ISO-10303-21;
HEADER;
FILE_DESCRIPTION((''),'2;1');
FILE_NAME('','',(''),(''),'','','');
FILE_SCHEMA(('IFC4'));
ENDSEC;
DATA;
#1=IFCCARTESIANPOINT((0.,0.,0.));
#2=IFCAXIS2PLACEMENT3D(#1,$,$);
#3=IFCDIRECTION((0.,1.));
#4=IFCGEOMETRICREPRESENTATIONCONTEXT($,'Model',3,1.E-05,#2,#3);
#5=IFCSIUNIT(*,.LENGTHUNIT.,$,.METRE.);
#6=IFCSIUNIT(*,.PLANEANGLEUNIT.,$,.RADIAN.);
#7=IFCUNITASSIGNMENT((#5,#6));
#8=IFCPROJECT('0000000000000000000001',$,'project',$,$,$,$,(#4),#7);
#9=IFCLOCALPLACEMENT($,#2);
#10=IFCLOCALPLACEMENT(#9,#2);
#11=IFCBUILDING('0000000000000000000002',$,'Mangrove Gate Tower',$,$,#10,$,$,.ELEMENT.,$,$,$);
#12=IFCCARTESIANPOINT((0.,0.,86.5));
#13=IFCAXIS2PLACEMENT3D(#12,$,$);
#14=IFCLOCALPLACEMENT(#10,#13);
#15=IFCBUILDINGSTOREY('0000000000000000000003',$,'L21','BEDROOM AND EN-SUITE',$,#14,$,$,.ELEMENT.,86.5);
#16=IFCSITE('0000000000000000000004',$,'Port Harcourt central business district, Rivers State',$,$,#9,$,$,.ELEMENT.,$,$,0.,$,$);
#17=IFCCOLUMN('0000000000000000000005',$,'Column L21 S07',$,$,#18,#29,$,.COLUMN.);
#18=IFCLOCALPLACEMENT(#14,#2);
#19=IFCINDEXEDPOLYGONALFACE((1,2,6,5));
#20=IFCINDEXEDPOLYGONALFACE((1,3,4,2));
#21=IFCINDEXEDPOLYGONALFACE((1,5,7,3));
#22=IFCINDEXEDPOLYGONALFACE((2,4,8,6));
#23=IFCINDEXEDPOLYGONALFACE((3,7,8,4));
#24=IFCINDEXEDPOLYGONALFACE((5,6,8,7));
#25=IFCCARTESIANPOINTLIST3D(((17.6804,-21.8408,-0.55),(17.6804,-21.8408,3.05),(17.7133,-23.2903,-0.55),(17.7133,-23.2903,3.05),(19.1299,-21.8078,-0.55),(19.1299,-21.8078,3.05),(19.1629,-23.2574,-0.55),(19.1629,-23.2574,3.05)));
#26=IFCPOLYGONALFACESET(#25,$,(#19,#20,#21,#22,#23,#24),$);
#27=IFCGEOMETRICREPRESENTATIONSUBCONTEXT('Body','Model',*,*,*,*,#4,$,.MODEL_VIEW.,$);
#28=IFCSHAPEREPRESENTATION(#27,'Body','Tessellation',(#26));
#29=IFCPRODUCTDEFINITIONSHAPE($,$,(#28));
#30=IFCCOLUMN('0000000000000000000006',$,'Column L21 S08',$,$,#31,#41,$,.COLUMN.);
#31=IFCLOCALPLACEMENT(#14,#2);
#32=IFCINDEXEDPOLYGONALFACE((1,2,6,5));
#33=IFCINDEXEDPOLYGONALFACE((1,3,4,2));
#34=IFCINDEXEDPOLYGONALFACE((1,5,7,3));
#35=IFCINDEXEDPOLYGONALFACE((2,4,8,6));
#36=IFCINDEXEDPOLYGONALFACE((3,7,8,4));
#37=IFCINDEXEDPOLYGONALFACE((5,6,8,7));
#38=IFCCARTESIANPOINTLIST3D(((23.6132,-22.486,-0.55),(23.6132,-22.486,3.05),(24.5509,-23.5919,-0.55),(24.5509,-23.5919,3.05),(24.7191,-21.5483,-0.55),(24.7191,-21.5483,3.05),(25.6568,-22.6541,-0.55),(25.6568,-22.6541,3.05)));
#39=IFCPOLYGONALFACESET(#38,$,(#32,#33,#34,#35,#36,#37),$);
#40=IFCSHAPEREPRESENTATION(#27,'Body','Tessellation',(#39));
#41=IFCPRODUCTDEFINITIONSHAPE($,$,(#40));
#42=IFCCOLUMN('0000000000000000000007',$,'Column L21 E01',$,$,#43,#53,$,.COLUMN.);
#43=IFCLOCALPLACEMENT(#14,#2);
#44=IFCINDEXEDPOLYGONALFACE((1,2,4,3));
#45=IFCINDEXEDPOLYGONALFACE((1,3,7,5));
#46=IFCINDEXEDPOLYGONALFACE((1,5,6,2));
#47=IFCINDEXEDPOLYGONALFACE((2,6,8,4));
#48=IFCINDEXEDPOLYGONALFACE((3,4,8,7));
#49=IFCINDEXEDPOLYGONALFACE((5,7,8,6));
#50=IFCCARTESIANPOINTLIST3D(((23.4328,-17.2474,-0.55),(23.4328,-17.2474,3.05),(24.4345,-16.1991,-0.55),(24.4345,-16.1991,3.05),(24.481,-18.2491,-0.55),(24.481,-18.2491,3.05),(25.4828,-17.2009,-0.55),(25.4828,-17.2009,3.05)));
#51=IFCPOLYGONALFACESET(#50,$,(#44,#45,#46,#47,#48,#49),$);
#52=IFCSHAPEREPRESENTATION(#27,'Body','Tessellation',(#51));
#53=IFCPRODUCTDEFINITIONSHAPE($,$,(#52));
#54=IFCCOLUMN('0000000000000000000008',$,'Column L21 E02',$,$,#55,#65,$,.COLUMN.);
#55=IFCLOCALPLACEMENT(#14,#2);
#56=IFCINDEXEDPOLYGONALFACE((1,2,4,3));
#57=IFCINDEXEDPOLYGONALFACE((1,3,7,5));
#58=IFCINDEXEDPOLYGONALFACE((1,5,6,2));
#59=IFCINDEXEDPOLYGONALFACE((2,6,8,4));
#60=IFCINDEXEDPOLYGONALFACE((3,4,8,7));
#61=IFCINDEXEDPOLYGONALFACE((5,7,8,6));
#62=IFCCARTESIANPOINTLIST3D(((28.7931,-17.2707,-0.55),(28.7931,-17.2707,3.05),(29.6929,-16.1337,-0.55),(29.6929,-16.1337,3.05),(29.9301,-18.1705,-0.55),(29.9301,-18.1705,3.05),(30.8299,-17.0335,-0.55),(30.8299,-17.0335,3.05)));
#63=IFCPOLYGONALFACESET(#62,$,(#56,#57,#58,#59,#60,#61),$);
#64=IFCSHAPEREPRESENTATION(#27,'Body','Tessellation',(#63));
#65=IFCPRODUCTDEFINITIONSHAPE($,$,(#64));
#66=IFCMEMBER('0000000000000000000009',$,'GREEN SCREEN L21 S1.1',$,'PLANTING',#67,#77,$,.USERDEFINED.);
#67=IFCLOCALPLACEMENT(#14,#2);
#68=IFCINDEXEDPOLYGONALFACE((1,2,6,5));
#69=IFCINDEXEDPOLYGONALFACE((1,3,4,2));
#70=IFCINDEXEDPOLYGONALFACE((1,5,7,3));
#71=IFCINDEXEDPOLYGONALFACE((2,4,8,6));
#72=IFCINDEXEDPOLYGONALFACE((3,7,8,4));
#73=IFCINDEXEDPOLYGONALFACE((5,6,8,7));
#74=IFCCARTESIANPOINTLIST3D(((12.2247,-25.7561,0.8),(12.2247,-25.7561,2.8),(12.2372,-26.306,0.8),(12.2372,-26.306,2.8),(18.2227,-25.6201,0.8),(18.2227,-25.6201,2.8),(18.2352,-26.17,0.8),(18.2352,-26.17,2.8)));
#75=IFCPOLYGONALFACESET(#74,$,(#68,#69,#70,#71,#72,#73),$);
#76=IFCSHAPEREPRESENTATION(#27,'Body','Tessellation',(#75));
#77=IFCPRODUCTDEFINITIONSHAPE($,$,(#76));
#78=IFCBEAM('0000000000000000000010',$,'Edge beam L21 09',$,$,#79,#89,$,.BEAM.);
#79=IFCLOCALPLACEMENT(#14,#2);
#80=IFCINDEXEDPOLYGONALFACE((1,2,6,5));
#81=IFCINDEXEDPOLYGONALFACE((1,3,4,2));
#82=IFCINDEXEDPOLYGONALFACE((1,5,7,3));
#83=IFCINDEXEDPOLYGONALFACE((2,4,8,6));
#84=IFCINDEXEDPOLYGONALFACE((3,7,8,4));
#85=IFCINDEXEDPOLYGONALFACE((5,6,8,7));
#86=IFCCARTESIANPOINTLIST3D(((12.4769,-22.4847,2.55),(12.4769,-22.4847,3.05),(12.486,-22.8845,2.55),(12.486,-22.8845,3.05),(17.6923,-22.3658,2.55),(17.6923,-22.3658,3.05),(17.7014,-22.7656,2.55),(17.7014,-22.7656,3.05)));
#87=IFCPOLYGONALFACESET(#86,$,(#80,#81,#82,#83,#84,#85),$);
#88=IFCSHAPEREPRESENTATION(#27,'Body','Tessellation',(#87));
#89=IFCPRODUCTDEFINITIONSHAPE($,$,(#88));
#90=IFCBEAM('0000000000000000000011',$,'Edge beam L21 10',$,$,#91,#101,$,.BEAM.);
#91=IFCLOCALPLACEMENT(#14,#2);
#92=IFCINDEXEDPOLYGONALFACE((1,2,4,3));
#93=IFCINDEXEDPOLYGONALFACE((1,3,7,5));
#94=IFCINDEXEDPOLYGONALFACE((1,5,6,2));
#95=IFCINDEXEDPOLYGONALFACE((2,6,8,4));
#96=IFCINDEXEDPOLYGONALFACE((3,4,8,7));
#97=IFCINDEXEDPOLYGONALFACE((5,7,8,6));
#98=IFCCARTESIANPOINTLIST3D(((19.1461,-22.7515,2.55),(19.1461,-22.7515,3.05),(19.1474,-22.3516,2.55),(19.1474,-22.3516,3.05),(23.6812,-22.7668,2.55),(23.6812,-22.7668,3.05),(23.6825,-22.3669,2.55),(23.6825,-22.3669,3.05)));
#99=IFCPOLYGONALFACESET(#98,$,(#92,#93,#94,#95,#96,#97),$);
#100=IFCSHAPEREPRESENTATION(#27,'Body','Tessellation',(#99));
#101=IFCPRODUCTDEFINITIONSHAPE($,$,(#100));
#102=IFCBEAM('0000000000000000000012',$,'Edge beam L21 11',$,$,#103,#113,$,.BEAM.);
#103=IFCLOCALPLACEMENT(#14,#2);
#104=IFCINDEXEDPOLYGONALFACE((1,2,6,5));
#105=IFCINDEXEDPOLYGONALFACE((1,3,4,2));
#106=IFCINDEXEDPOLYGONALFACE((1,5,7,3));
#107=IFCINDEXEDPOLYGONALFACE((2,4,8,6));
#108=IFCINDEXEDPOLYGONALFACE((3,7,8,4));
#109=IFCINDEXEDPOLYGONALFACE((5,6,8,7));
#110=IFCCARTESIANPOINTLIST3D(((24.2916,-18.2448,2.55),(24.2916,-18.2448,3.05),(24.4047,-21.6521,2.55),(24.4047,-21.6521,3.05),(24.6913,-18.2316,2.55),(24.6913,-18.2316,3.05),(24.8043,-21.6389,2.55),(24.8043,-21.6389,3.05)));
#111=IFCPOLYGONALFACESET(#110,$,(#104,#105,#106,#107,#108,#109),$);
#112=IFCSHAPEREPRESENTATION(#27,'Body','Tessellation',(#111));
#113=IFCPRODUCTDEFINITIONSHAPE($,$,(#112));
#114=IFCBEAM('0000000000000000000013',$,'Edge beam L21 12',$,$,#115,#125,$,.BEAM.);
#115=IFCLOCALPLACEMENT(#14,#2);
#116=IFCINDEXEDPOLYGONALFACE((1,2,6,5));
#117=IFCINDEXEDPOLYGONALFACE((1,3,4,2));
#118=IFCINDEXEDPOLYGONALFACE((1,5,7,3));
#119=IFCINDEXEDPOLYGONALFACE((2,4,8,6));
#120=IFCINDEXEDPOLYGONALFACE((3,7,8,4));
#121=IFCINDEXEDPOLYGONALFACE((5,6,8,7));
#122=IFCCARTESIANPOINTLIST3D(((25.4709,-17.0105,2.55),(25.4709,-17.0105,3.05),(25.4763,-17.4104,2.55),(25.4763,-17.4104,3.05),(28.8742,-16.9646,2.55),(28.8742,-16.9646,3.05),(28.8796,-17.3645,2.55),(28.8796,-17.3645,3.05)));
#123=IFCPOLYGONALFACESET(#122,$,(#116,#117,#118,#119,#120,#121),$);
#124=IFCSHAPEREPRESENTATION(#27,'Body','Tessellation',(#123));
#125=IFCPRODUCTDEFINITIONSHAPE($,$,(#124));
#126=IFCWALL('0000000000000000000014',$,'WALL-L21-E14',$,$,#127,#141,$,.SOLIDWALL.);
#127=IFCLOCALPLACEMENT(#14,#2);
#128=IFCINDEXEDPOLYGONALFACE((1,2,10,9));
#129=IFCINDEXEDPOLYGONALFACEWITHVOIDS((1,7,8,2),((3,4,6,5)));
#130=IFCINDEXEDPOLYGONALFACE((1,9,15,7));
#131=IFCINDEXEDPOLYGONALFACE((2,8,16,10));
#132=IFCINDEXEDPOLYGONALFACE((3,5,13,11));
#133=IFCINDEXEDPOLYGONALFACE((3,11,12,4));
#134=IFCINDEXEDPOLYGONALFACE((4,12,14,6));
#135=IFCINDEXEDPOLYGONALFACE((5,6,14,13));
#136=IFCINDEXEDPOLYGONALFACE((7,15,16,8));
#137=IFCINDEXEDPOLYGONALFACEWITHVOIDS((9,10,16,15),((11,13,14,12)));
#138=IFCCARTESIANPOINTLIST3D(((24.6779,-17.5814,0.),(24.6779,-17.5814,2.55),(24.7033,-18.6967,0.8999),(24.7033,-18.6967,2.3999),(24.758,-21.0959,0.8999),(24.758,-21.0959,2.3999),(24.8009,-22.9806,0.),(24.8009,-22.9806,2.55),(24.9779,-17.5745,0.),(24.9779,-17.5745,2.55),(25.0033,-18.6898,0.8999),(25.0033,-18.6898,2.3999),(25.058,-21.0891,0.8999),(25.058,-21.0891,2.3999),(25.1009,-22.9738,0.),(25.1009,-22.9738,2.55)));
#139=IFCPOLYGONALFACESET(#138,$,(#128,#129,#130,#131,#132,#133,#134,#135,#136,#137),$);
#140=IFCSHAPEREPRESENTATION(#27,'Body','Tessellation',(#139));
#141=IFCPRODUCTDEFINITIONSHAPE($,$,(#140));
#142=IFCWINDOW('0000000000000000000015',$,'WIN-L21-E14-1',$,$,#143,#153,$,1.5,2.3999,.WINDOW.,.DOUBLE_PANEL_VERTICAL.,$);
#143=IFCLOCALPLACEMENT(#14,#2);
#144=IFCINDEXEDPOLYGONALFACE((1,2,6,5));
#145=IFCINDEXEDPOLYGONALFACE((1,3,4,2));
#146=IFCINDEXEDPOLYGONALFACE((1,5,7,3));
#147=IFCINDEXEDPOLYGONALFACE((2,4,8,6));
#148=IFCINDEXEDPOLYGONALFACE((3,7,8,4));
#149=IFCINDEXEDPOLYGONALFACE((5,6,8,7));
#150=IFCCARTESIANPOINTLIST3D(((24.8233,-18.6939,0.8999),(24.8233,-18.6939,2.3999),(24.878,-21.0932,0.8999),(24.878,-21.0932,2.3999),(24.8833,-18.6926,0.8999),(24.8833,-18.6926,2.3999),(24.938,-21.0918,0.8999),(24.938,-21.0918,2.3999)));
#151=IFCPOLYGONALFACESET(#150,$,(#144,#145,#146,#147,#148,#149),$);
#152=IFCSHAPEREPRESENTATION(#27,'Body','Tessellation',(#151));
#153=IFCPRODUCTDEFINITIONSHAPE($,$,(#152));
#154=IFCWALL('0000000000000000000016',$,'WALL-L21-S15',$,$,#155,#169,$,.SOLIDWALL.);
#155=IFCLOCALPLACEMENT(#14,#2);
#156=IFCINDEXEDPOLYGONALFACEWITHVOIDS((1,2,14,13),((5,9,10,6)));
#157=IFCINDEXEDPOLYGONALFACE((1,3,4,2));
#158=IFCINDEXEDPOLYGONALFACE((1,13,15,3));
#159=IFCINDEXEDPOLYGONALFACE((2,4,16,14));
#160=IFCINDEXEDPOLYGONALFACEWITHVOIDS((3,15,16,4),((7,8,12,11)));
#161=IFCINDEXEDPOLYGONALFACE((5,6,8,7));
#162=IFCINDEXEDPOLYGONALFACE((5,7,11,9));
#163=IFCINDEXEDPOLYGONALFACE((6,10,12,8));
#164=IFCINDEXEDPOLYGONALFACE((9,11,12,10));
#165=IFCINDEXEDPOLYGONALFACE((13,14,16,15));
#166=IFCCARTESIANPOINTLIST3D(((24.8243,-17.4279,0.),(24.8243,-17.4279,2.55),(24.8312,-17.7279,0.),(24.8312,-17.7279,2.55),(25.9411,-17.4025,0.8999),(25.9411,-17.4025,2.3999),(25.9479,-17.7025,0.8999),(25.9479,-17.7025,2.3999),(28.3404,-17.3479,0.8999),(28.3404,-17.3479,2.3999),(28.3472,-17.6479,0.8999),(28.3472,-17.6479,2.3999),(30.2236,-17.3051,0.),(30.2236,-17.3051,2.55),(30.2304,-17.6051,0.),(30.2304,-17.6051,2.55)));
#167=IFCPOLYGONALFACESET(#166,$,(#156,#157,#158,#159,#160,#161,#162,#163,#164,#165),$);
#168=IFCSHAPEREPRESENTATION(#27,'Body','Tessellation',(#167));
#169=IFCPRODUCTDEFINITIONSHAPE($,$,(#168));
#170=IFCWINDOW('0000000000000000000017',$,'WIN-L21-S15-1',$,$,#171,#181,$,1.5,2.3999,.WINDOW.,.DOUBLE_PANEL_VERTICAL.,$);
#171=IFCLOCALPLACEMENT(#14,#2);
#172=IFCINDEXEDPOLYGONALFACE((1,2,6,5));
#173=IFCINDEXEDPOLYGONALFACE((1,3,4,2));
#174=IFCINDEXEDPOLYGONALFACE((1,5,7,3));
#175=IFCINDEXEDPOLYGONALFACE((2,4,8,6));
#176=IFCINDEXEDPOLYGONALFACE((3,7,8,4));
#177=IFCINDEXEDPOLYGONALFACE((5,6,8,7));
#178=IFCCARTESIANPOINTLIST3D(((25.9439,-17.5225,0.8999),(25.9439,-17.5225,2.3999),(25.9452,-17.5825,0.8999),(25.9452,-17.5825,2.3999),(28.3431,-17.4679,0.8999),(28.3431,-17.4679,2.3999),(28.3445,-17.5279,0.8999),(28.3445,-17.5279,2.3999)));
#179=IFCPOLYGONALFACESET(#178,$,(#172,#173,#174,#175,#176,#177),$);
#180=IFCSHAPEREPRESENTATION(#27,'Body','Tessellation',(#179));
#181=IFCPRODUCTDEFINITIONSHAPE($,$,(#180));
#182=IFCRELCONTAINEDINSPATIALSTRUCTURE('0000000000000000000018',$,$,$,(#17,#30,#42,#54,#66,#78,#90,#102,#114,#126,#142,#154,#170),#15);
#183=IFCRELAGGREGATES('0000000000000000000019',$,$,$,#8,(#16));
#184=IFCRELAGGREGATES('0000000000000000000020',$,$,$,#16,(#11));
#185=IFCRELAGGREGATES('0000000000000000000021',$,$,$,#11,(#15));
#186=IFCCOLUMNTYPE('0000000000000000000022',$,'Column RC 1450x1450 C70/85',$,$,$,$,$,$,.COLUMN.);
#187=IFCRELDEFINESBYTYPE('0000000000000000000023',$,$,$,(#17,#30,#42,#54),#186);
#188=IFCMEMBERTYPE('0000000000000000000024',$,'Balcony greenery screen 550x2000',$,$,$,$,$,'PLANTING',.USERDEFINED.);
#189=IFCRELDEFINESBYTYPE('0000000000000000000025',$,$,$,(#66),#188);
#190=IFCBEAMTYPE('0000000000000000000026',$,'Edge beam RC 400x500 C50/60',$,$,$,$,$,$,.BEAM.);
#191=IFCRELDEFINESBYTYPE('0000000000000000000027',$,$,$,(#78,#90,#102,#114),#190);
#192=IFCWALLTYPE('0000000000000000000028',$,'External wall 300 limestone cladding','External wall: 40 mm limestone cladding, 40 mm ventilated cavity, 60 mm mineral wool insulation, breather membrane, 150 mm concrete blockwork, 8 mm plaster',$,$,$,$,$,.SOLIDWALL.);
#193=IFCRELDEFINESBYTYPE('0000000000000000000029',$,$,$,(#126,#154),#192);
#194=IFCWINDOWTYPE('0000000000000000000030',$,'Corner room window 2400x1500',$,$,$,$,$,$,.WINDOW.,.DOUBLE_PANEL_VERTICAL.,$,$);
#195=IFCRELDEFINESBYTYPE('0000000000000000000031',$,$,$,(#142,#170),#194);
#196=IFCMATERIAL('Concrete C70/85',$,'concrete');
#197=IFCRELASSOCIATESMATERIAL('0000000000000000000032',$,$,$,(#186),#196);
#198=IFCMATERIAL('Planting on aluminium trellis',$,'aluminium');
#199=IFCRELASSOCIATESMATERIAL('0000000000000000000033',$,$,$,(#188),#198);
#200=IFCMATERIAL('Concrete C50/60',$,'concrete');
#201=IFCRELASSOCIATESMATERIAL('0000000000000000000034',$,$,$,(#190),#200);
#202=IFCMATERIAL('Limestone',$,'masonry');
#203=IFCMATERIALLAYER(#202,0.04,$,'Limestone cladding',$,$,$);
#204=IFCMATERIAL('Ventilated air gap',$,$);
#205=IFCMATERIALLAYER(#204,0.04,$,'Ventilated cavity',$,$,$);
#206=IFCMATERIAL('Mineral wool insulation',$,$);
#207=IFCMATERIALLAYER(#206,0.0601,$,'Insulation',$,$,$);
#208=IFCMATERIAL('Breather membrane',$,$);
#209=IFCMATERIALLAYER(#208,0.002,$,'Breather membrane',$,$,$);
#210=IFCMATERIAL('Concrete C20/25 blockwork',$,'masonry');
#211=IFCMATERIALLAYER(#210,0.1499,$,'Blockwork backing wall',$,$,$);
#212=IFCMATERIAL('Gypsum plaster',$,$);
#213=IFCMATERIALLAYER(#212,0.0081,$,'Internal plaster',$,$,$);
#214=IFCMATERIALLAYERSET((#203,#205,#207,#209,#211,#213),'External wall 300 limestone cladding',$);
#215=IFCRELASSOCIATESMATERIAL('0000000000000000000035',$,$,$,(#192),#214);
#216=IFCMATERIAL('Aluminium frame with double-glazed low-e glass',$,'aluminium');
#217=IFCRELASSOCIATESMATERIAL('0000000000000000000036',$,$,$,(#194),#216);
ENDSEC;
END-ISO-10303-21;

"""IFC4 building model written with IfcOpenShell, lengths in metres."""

from ifc_helpers import new_model, si_unit, direction, frame, frame_2d, origin, origin_2d, place, context, subcontext, project, spatial, rectangle, extrude, material, layer, layer_set, material_profile, profile_set, type_object, element, fill, save


model = new_model("IFC4")

# Units and contexts
model_context = context("Model", 3, precision=1e-05, world=origin(), true_north=direction((0.0, 1.0)))
body_context = subcontext(model_context, "Body", "Model", "MODEL_VIEW")
ifc_project = project(units=[si_unit("LENGTHUNIT", "METRE"), si_unit("PLANEANGLEUNIT", "RADIAN")], contexts=[model_context])

# Site, building, storey
site_placement = place(None, origin())
site = spatial("IfcSite", under=ifc_project, at=site_placement, Name="Port Harcourt central business district, Rivers State", CompositionType="ELEMENT", RefElevation=0.0)
building_placement = place(site_placement, origin())
building = spatial("IfcBuilding", under=site, at=building_placement, Name="Mangrove Gate Tower", CompositionType="ELEMENT")
storey_placement = place(building_placement, frame((0.0, 0.0, 86.5)))
storey = spatial("IfcBuildingStorey", under=building, at=storey_placement, Name="L21", Description="BEDROOM AND EN-SUITE", CompositionType="ELEMENT", Elevation=86.5)

# Columns
ifc_material_1 = material(Name="Concrete C70/85", Category="concrete")
ifc_material_profile_1 = material_profile(ifc_material_1, rectangle(XDim=1.45, YDim=1.45, at=origin_2d()))
ifc_profile_set_1 = profile_set([ifc_material_profile_1], Name="Concrete C70/85")
column_type = type_object("IfcColumnType", Name="Column RC 1450x1450 C70/85", PredefinedType="COLUMN", material=ifc_profile_set_1)
for number, where, z_axis, x_axis, name in (
    (1, (18.4216, -22.5491, -0.55), (0.0, 0.0, 1.0), (0.999742, 0.022723, 0.0), "Column L21 S07"),
    (2, (24.635, -22.5701, -0.55), (0.0, 0.0, 1.0), (0.762709, 0.646741, 0.0), "Column L21 S08"),
    (3, (24.4578, -17.2241, -0.55), (0.0, 0.0, 1.0), (0.690884, 0.722966, 0.0), "Column L21 E01"),
    (4, (29.8115, -17.1521, -0.55), (0.0, 0.0, 1.0), (0.620564, 0.784156, 0.0), "Column L21 E02"),
):
    element("IfcColumn", number, at=place(storey_placement, frame(where, z_axis=z_axis, x_axis=x_axis)), inside=storey, type_object=column_type, Name=name, PredefinedType="COLUMN", context=body_context, shape_type="SweptSolid", body=[
        extrude(rectangle(XDim=1.45, YDim=1.45, at=origin_2d()), origin(), (0.0, 0.0, 1.0), 3.6001),
    ])

# Member
ifc_material_2 = material(Name="Planting on aluminium trellis", Category="aluminium")
ifc_material_profile_2 = material_profile(ifc_material_2, rectangle(XDim=0.55, YDim=2.0, at=origin_2d()))
ifc_profile_set_2 = profile_set([ifc_material_profile_2], Name="Planting on aluminium trellis")
member_type = type_object("IfcMemberType", Name="Balcony greenery screen 550x2000", ElementType="PLANTING", PredefinedType="USERDEFINED", material=ifc_profile_set_2)
member_placement = place(storey_placement, frame((12.231, -26.031, 1.8), z_axis=(0.999743, 0.022666, 0.0), x_axis=(-0.022666, 0.999743, 0.0)))
element("IfcMember", 5, at=member_placement, inside=storey, type_object=member_type, Name="GREEN SCREEN L21 S1.1", ObjectType="PLANTING", PredefinedType="USERDEFINED", context=body_context, shape_type="SweptSolid", body=[
    extrude(rectangle(XDim=0.55, YDim=2.0, at=origin_2d()), origin(), (0.0, 0.0, 1.0), 5.9995),
])

# Beams
ifc_material_3 = material(Name="Concrete C50/60", Category="concrete")
ifc_material_profile_3 = material_profile(ifc_material_3, rectangle(XDim=0.3999, YDim=0.5, at=origin_2d()))
ifc_profile_set_3 = profile_set([ifc_material_profile_3], Name="Concrete C50/60")
beam_type = type_object("IfcBeamType", Name="Edge beam RC 400x500 C50/60", PredefinedType="BEAM", material=ifc_profile_set_3)
beam_1_placement = place(storey_placement, frame((12.4814, -22.6846, 2.8), z_axis=(0.99974, 0.022792, 0.0), x_axis=(-0.022792, 0.99974, 0.0)))
element("IfcBeam", 6, at=beam_1_placement, inside=storey, type_object=beam_type, Name="Edge beam L21 09", PredefinedType="BEAM", context=body_context, shape_type="SweptSolid", body=[
    extrude(rectangle(XDim=0.3999, YDim=0.5, at=origin_2d()), origin(), (0.0, 0.0, 1.0), 5.2168),
])
beam_2_placement = place(storey_placement, frame((19.1467, -22.5515, 2.8), z_axis=(0.999994, -0.003391, 0.0), x_axis=(0.003391, 0.999994, 0.0)))
element("IfcBeam", 7, at=beam_2_placement, inside=storey, type_object=beam_type, Name="Edge beam L21 10", PredefinedType="BEAM", context=body_context, shape_type="SweptSolid", body=[
    extrude(rectangle(XDim=0.3999, YDim=0.5, at=origin_2d()), origin(), (0.0, 0.0, 1.0), 4.5352),
])
beam_3_placement = place(storey_placement, frame((24.6045, -21.6455, 2.8), z_axis=(-0.033157, 0.99945, 0.0), x_axis=(-0.99945, -0.033157, 0.0)))
element("IfcBeam", 8, at=beam_3_placement, inside=storey, type_object=beam_type, Name="Edge beam L21 11", PredefinedType="BEAM", context=body_context, shape_type="SweptSolid", body=[
    extrude(rectangle(XDim=0.3999, YDim=0.5, at=origin_2d()), origin(), (0.0, 0.0, 1.0), 3.4092),
])
beam_4_placement = place(storey_placement, frame((25.4736, -17.2104, 2.8), z_axis=(0.999909, 0.013485, 0.0), x_axis=(-0.013485, 0.999909, 0.0)))
element("IfcBeam", 9, at=beam_4_placement, inside=storey, type_object=beam_type, Name="Edge beam L21 12", PredefinedType="BEAM", context=body_context, shape_type="SweptSolid", body=[
    extrude(rectangle(XDim=0.3999, YDim=0.5, at=origin_2d()), origin(), (0.0, 0.0, 1.0), 3.4036),
])

# Shared definitions
ifc_material_4 = material(Name="Limestone", Category="masonry")
ifc_layer_1 = layer(ifc_material_4, 0.04, Name="Limestone cladding")
ifc_material_5 = material(Name="Ventilated air gap")
ifc_layer_2 = layer(ifc_material_5, 0.04, Name="Ventilated cavity")
ifc_material_6 = material(Name="Mineral wool insulation")
ifc_layer_3 = layer(ifc_material_6, 0.0601, Name="Insulation")
ifc_material_7 = material(Name="Breather membrane")
ifc_layer_4 = layer(ifc_material_7, 0.002, Name="Breather membrane")
ifc_material_8 = material(Name="Concrete C20/25 blockwork", Category="masonry")
ifc_layer_5 = layer(ifc_material_8, 0.1499, Name="Blockwork backing wall")
ifc_material_9 = material(Name="Gypsum plaster")
ifc_layer_6 = layer(ifc_material_9, 0.0081, Name="Internal plaster")
ifc_layer_set_1 = layer_set([ifc_layer_1, ifc_layer_2, ifc_layer_3, ifc_layer_4, ifc_layer_5, ifc_layer_6], Name="External wall 300 limestone cladding")
wall_type_1 = type_object("IfcWallType", Name="External wall 300 limestone cladding", Description="External wall: 40 mm limestone cladding, 40 mm ventilated cavity, 60 mm mineral wool insulation, breather membrane, 150 mm concrete blockwork, 8 mm plaster", PredefinedType="SOLIDWALL", material=ifc_layer_set_1)

# Walls, openings, windows
wall_1_placement = place(storey_placement, frame((24.9509, -22.9771, 0.0), z_axis=(0.0, 0.0, 1.0), x_axis=(-0.022784, 0.99974, 0.0)))
wall_1 = element("IfcWall", 10, at=wall_1_placement, inside=storey, type_object=wall_type_1, Name="WALL-L21-E14", PredefinedType="SOLIDWALL", context=body_context, shape_type="SweptSolid", body=[
    extrude(rectangle(XDim=5.4006, YDim=0.3, at=frame_2d((2.7002, 0.0))), origin(), (0.0, 0.0, 1.0), 2.55),
])
opening_1_placement = place(wall_1_placement, frame((1.885, 0.0, 0.8999)))
opening_1 = element("IfcOpeningElement", 11, at=opening_1_placement, cuts=wall_1, PredefinedType="OPENING", context=body_context, shape_type="SweptSolid", body=[
    extrude(rectangle(XDim=2.3999, YDim=1.5, at=frame_2d((1.2, 0.75))), frame((0.0, 0.1599, 0.0), z_axis=(0.0, -1.0, 0.0), x_axis=(1.0, 0.0, 0.0)), (0.0, 0.0, 1.0), 0.3201),
])
ifc_material_10 = material(Name="Aluminium frame with double-glazed low-e glass", Category="aluminium")
window_type_1 = type_object("IfcWindowType", Name="Corner room window 2400x1500", PartitioningType="DOUBLE_PANEL_VERTICAL", PredefinedType="WINDOW", material=ifc_material_10)
window_1_placement = place(opening_1_placement, origin())
window_1 = element("IfcWindow", 12, at=window_1_placement, inside=storey, type_object=window_type_1, Name="WIN-L21-E14-1", OverallHeight=1.5, OverallWidth=2.3999, PartitioningType="DOUBLE_PANEL_VERTICAL", PredefinedType="WINDOW", context=body_context, shape_type="SweptSolid", body=[
    extrude(rectangle(XDim=2.3999, YDim=1.5, at=frame_2d((1.2, 0.75))), frame((0.0, 0.03, 0.0), z_axis=(0.0, -1.0, 0.0), x_axis=(1.0, 0.0, 0.0)), (0.0, 0.0, 1.0), 0.0601),
])
fill(opening_1, window_1)
wall_2_placement = place(storey_placement, frame((24.8279, -17.5779, 0.0), z_axis=(0.0, 0.0, 1.0), x_axis=(0.999741, 0.022739, 0.0)))
wall_2 = element("IfcWall", 13, at=wall_2_placement, inside=storey, type_object=wall_type_1, Name="WALL-L21-S15", PredefinedType="SOLIDWALL", context=body_context, shape_type="SweptSolid", body=[
    extrude(rectangle(XDim=5.4006, YDim=0.3, at=frame_2d((2.7002, 0.0))), origin(), (0.0, 0.0, 1.0), 2.55),
])
opening_2_placement = place(wall_2_placement, frame((1.1169, 0.0, 0.8999)))
opening_2 = element("IfcOpeningElement", 14, at=opening_2_placement, cuts=wall_2, PredefinedType="OPENING", context=body_context, shape_type="SweptSolid", body=[
    extrude(rectangle(XDim=2.3999, YDim=1.5, at=frame_2d((1.2, 0.75))), frame((0.0, 0.1599, 0.0), z_axis=(0.0, -1.0, 0.0), x_axis=(1.0, 0.0, 0.0)), (0.0, 0.0, 1.0), 0.3201),
])
window_2_placement = place(opening_2_placement, origin())
window_2 = element("IfcWindow", 15, at=window_2_placement, inside=storey, type_object=window_type_1, Name="WIN-L21-S15-1", OverallHeight=1.5, OverallWidth=2.3999, PartitioningType="DOUBLE_PANEL_VERTICAL", PredefinedType="WINDOW", context=body_context, shape_type="SweptSolid", body=[
    extrude(rectangle(XDim=2.3999, YDim=1.5, at=frame_2d((1.2, 0.75))), frame((0.0, 0.03, 0.0), z_axis=(0.0, -1.0, 0.0), x_axis=(1.0, 0.0, 0.0)), (0.0, 0.0, 1.0), 0.0601),
])
fill(opening_2, window_2)

save(model, "model.ifc")
